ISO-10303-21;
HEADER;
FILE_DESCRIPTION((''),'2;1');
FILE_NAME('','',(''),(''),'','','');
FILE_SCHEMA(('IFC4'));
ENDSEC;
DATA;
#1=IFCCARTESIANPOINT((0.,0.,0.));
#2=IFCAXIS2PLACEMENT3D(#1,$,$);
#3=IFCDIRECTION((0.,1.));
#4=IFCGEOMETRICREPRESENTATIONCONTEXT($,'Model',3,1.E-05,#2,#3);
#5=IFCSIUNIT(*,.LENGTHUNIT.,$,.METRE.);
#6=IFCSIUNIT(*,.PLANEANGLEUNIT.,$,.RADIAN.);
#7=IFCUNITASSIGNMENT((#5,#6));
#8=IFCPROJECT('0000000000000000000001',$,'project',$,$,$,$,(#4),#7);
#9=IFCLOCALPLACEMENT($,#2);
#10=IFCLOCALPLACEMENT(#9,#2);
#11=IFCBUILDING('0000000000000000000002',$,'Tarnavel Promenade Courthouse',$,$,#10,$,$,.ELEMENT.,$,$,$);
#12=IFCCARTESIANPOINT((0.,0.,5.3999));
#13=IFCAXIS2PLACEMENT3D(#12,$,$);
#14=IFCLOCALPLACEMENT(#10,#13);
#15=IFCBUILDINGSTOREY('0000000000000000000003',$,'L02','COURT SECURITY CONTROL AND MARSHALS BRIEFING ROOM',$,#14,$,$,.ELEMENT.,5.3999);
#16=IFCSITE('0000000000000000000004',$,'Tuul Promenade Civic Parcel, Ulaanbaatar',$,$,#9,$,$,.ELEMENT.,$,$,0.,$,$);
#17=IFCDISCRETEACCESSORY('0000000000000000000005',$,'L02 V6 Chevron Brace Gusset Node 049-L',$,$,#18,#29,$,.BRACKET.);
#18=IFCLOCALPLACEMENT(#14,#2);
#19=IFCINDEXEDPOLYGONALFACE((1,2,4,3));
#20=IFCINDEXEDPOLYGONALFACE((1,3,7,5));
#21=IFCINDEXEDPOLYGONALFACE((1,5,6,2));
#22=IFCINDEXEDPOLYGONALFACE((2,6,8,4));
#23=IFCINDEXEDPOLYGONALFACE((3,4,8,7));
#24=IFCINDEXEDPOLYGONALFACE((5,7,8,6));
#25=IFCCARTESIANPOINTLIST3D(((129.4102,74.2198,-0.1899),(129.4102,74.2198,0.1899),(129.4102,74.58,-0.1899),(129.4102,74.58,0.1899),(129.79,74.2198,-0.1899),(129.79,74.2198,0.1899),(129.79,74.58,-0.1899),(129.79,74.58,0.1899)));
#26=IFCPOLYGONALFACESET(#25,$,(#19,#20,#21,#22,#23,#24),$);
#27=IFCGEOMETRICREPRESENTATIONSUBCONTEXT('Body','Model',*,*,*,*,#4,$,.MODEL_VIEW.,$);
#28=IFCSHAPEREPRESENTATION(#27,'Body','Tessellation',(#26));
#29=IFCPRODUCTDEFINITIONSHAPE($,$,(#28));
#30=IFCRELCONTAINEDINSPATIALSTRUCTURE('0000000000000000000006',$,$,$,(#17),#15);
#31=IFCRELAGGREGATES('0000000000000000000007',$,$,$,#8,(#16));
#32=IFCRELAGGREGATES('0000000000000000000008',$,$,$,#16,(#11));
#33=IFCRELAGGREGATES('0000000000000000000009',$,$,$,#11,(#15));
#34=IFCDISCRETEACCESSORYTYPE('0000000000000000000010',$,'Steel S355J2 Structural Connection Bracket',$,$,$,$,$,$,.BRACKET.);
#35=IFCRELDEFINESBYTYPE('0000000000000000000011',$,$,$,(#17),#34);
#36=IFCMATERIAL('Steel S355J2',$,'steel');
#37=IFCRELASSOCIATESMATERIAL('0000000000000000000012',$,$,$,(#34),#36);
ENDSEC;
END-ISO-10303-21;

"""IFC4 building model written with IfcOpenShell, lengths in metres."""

from ifc_helpers import new_model, si_unit, direction, frame, origin, origin_2d, place, context, subcontext, project, spatial, rectangle, extrude, material, type_object, element, save


model = new_model("IFC4")

# Units and contexts
model_context = context("Model", 3, precision=1e-05, world=origin(), true_north=direction((0.0, 1.0)))
body_context = subcontext(model_context, "Body", "Model", "MODEL_VIEW")
ifc_project = project(units=[si_unit("LENGTHUNIT", "METRE"), si_unit("PLANEANGLEUNIT", "RADIAN")], contexts=[model_context])

# Site, building, storey
site_placement = place(None, origin())
site = spatial("IfcSite", under=ifc_project, at=site_placement, Name="Tuul Promenade Civic Parcel, Ulaanbaatar", CompositionType="ELEMENT", RefElevation=0.0)
building_placement = place(site_placement, origin())
building = spatial("IfcBuilding", under=site, at=building_placement, Name="Tarnavel Promenade Courthouse", CompositionType="ELEMENT")
storey_placement = place(building_placement, frame((0.0, 0.0, 5.3999)))
storey = spatial("IfcBuildingStorey", under=building, at=storey_placement, Name="L02", Description="COURT SECURITY CONTROL AND MARSHALS BRIEFING ROOM", CompositionType="ELEMENT", Elevation=5.3999)

# Shared definitions
ifc_material_1 = material(Name="Steel S355J2", Category="steel")

# Discrete accessory
discrete_accessory_type = type_object("IfcDiscreteAccessoryType", Name="Steel S355J2 Structural Connection Bracket", PredefinedType="BRACKET", material=ifc_material_1)
discrete_accessory_placement = place(storey_placement, frame((129.6001, 74.3999, -0.1899), z_axis=(0.0, 0.0, 1.0), x_axis=(1.0, 0.0, 0.0)))
element("IfcDiscreteAccessory", 1, at=discrete_accessory_placement, inside=storey, type_object=discrete_accessory_type, Name="L02 V6 Chevron Brace Gusset Node 049-L", PredefinedType="BRACKET", context=body_context, shape_type="SweptSolid", body=[
    extrude(rectangle(XDim=0.3799, YDim=0.3601, at=origin_2d()), origin(), (0.0, 0.0, 1.0), 0.3799),
])

save(model, "model.ifc")
